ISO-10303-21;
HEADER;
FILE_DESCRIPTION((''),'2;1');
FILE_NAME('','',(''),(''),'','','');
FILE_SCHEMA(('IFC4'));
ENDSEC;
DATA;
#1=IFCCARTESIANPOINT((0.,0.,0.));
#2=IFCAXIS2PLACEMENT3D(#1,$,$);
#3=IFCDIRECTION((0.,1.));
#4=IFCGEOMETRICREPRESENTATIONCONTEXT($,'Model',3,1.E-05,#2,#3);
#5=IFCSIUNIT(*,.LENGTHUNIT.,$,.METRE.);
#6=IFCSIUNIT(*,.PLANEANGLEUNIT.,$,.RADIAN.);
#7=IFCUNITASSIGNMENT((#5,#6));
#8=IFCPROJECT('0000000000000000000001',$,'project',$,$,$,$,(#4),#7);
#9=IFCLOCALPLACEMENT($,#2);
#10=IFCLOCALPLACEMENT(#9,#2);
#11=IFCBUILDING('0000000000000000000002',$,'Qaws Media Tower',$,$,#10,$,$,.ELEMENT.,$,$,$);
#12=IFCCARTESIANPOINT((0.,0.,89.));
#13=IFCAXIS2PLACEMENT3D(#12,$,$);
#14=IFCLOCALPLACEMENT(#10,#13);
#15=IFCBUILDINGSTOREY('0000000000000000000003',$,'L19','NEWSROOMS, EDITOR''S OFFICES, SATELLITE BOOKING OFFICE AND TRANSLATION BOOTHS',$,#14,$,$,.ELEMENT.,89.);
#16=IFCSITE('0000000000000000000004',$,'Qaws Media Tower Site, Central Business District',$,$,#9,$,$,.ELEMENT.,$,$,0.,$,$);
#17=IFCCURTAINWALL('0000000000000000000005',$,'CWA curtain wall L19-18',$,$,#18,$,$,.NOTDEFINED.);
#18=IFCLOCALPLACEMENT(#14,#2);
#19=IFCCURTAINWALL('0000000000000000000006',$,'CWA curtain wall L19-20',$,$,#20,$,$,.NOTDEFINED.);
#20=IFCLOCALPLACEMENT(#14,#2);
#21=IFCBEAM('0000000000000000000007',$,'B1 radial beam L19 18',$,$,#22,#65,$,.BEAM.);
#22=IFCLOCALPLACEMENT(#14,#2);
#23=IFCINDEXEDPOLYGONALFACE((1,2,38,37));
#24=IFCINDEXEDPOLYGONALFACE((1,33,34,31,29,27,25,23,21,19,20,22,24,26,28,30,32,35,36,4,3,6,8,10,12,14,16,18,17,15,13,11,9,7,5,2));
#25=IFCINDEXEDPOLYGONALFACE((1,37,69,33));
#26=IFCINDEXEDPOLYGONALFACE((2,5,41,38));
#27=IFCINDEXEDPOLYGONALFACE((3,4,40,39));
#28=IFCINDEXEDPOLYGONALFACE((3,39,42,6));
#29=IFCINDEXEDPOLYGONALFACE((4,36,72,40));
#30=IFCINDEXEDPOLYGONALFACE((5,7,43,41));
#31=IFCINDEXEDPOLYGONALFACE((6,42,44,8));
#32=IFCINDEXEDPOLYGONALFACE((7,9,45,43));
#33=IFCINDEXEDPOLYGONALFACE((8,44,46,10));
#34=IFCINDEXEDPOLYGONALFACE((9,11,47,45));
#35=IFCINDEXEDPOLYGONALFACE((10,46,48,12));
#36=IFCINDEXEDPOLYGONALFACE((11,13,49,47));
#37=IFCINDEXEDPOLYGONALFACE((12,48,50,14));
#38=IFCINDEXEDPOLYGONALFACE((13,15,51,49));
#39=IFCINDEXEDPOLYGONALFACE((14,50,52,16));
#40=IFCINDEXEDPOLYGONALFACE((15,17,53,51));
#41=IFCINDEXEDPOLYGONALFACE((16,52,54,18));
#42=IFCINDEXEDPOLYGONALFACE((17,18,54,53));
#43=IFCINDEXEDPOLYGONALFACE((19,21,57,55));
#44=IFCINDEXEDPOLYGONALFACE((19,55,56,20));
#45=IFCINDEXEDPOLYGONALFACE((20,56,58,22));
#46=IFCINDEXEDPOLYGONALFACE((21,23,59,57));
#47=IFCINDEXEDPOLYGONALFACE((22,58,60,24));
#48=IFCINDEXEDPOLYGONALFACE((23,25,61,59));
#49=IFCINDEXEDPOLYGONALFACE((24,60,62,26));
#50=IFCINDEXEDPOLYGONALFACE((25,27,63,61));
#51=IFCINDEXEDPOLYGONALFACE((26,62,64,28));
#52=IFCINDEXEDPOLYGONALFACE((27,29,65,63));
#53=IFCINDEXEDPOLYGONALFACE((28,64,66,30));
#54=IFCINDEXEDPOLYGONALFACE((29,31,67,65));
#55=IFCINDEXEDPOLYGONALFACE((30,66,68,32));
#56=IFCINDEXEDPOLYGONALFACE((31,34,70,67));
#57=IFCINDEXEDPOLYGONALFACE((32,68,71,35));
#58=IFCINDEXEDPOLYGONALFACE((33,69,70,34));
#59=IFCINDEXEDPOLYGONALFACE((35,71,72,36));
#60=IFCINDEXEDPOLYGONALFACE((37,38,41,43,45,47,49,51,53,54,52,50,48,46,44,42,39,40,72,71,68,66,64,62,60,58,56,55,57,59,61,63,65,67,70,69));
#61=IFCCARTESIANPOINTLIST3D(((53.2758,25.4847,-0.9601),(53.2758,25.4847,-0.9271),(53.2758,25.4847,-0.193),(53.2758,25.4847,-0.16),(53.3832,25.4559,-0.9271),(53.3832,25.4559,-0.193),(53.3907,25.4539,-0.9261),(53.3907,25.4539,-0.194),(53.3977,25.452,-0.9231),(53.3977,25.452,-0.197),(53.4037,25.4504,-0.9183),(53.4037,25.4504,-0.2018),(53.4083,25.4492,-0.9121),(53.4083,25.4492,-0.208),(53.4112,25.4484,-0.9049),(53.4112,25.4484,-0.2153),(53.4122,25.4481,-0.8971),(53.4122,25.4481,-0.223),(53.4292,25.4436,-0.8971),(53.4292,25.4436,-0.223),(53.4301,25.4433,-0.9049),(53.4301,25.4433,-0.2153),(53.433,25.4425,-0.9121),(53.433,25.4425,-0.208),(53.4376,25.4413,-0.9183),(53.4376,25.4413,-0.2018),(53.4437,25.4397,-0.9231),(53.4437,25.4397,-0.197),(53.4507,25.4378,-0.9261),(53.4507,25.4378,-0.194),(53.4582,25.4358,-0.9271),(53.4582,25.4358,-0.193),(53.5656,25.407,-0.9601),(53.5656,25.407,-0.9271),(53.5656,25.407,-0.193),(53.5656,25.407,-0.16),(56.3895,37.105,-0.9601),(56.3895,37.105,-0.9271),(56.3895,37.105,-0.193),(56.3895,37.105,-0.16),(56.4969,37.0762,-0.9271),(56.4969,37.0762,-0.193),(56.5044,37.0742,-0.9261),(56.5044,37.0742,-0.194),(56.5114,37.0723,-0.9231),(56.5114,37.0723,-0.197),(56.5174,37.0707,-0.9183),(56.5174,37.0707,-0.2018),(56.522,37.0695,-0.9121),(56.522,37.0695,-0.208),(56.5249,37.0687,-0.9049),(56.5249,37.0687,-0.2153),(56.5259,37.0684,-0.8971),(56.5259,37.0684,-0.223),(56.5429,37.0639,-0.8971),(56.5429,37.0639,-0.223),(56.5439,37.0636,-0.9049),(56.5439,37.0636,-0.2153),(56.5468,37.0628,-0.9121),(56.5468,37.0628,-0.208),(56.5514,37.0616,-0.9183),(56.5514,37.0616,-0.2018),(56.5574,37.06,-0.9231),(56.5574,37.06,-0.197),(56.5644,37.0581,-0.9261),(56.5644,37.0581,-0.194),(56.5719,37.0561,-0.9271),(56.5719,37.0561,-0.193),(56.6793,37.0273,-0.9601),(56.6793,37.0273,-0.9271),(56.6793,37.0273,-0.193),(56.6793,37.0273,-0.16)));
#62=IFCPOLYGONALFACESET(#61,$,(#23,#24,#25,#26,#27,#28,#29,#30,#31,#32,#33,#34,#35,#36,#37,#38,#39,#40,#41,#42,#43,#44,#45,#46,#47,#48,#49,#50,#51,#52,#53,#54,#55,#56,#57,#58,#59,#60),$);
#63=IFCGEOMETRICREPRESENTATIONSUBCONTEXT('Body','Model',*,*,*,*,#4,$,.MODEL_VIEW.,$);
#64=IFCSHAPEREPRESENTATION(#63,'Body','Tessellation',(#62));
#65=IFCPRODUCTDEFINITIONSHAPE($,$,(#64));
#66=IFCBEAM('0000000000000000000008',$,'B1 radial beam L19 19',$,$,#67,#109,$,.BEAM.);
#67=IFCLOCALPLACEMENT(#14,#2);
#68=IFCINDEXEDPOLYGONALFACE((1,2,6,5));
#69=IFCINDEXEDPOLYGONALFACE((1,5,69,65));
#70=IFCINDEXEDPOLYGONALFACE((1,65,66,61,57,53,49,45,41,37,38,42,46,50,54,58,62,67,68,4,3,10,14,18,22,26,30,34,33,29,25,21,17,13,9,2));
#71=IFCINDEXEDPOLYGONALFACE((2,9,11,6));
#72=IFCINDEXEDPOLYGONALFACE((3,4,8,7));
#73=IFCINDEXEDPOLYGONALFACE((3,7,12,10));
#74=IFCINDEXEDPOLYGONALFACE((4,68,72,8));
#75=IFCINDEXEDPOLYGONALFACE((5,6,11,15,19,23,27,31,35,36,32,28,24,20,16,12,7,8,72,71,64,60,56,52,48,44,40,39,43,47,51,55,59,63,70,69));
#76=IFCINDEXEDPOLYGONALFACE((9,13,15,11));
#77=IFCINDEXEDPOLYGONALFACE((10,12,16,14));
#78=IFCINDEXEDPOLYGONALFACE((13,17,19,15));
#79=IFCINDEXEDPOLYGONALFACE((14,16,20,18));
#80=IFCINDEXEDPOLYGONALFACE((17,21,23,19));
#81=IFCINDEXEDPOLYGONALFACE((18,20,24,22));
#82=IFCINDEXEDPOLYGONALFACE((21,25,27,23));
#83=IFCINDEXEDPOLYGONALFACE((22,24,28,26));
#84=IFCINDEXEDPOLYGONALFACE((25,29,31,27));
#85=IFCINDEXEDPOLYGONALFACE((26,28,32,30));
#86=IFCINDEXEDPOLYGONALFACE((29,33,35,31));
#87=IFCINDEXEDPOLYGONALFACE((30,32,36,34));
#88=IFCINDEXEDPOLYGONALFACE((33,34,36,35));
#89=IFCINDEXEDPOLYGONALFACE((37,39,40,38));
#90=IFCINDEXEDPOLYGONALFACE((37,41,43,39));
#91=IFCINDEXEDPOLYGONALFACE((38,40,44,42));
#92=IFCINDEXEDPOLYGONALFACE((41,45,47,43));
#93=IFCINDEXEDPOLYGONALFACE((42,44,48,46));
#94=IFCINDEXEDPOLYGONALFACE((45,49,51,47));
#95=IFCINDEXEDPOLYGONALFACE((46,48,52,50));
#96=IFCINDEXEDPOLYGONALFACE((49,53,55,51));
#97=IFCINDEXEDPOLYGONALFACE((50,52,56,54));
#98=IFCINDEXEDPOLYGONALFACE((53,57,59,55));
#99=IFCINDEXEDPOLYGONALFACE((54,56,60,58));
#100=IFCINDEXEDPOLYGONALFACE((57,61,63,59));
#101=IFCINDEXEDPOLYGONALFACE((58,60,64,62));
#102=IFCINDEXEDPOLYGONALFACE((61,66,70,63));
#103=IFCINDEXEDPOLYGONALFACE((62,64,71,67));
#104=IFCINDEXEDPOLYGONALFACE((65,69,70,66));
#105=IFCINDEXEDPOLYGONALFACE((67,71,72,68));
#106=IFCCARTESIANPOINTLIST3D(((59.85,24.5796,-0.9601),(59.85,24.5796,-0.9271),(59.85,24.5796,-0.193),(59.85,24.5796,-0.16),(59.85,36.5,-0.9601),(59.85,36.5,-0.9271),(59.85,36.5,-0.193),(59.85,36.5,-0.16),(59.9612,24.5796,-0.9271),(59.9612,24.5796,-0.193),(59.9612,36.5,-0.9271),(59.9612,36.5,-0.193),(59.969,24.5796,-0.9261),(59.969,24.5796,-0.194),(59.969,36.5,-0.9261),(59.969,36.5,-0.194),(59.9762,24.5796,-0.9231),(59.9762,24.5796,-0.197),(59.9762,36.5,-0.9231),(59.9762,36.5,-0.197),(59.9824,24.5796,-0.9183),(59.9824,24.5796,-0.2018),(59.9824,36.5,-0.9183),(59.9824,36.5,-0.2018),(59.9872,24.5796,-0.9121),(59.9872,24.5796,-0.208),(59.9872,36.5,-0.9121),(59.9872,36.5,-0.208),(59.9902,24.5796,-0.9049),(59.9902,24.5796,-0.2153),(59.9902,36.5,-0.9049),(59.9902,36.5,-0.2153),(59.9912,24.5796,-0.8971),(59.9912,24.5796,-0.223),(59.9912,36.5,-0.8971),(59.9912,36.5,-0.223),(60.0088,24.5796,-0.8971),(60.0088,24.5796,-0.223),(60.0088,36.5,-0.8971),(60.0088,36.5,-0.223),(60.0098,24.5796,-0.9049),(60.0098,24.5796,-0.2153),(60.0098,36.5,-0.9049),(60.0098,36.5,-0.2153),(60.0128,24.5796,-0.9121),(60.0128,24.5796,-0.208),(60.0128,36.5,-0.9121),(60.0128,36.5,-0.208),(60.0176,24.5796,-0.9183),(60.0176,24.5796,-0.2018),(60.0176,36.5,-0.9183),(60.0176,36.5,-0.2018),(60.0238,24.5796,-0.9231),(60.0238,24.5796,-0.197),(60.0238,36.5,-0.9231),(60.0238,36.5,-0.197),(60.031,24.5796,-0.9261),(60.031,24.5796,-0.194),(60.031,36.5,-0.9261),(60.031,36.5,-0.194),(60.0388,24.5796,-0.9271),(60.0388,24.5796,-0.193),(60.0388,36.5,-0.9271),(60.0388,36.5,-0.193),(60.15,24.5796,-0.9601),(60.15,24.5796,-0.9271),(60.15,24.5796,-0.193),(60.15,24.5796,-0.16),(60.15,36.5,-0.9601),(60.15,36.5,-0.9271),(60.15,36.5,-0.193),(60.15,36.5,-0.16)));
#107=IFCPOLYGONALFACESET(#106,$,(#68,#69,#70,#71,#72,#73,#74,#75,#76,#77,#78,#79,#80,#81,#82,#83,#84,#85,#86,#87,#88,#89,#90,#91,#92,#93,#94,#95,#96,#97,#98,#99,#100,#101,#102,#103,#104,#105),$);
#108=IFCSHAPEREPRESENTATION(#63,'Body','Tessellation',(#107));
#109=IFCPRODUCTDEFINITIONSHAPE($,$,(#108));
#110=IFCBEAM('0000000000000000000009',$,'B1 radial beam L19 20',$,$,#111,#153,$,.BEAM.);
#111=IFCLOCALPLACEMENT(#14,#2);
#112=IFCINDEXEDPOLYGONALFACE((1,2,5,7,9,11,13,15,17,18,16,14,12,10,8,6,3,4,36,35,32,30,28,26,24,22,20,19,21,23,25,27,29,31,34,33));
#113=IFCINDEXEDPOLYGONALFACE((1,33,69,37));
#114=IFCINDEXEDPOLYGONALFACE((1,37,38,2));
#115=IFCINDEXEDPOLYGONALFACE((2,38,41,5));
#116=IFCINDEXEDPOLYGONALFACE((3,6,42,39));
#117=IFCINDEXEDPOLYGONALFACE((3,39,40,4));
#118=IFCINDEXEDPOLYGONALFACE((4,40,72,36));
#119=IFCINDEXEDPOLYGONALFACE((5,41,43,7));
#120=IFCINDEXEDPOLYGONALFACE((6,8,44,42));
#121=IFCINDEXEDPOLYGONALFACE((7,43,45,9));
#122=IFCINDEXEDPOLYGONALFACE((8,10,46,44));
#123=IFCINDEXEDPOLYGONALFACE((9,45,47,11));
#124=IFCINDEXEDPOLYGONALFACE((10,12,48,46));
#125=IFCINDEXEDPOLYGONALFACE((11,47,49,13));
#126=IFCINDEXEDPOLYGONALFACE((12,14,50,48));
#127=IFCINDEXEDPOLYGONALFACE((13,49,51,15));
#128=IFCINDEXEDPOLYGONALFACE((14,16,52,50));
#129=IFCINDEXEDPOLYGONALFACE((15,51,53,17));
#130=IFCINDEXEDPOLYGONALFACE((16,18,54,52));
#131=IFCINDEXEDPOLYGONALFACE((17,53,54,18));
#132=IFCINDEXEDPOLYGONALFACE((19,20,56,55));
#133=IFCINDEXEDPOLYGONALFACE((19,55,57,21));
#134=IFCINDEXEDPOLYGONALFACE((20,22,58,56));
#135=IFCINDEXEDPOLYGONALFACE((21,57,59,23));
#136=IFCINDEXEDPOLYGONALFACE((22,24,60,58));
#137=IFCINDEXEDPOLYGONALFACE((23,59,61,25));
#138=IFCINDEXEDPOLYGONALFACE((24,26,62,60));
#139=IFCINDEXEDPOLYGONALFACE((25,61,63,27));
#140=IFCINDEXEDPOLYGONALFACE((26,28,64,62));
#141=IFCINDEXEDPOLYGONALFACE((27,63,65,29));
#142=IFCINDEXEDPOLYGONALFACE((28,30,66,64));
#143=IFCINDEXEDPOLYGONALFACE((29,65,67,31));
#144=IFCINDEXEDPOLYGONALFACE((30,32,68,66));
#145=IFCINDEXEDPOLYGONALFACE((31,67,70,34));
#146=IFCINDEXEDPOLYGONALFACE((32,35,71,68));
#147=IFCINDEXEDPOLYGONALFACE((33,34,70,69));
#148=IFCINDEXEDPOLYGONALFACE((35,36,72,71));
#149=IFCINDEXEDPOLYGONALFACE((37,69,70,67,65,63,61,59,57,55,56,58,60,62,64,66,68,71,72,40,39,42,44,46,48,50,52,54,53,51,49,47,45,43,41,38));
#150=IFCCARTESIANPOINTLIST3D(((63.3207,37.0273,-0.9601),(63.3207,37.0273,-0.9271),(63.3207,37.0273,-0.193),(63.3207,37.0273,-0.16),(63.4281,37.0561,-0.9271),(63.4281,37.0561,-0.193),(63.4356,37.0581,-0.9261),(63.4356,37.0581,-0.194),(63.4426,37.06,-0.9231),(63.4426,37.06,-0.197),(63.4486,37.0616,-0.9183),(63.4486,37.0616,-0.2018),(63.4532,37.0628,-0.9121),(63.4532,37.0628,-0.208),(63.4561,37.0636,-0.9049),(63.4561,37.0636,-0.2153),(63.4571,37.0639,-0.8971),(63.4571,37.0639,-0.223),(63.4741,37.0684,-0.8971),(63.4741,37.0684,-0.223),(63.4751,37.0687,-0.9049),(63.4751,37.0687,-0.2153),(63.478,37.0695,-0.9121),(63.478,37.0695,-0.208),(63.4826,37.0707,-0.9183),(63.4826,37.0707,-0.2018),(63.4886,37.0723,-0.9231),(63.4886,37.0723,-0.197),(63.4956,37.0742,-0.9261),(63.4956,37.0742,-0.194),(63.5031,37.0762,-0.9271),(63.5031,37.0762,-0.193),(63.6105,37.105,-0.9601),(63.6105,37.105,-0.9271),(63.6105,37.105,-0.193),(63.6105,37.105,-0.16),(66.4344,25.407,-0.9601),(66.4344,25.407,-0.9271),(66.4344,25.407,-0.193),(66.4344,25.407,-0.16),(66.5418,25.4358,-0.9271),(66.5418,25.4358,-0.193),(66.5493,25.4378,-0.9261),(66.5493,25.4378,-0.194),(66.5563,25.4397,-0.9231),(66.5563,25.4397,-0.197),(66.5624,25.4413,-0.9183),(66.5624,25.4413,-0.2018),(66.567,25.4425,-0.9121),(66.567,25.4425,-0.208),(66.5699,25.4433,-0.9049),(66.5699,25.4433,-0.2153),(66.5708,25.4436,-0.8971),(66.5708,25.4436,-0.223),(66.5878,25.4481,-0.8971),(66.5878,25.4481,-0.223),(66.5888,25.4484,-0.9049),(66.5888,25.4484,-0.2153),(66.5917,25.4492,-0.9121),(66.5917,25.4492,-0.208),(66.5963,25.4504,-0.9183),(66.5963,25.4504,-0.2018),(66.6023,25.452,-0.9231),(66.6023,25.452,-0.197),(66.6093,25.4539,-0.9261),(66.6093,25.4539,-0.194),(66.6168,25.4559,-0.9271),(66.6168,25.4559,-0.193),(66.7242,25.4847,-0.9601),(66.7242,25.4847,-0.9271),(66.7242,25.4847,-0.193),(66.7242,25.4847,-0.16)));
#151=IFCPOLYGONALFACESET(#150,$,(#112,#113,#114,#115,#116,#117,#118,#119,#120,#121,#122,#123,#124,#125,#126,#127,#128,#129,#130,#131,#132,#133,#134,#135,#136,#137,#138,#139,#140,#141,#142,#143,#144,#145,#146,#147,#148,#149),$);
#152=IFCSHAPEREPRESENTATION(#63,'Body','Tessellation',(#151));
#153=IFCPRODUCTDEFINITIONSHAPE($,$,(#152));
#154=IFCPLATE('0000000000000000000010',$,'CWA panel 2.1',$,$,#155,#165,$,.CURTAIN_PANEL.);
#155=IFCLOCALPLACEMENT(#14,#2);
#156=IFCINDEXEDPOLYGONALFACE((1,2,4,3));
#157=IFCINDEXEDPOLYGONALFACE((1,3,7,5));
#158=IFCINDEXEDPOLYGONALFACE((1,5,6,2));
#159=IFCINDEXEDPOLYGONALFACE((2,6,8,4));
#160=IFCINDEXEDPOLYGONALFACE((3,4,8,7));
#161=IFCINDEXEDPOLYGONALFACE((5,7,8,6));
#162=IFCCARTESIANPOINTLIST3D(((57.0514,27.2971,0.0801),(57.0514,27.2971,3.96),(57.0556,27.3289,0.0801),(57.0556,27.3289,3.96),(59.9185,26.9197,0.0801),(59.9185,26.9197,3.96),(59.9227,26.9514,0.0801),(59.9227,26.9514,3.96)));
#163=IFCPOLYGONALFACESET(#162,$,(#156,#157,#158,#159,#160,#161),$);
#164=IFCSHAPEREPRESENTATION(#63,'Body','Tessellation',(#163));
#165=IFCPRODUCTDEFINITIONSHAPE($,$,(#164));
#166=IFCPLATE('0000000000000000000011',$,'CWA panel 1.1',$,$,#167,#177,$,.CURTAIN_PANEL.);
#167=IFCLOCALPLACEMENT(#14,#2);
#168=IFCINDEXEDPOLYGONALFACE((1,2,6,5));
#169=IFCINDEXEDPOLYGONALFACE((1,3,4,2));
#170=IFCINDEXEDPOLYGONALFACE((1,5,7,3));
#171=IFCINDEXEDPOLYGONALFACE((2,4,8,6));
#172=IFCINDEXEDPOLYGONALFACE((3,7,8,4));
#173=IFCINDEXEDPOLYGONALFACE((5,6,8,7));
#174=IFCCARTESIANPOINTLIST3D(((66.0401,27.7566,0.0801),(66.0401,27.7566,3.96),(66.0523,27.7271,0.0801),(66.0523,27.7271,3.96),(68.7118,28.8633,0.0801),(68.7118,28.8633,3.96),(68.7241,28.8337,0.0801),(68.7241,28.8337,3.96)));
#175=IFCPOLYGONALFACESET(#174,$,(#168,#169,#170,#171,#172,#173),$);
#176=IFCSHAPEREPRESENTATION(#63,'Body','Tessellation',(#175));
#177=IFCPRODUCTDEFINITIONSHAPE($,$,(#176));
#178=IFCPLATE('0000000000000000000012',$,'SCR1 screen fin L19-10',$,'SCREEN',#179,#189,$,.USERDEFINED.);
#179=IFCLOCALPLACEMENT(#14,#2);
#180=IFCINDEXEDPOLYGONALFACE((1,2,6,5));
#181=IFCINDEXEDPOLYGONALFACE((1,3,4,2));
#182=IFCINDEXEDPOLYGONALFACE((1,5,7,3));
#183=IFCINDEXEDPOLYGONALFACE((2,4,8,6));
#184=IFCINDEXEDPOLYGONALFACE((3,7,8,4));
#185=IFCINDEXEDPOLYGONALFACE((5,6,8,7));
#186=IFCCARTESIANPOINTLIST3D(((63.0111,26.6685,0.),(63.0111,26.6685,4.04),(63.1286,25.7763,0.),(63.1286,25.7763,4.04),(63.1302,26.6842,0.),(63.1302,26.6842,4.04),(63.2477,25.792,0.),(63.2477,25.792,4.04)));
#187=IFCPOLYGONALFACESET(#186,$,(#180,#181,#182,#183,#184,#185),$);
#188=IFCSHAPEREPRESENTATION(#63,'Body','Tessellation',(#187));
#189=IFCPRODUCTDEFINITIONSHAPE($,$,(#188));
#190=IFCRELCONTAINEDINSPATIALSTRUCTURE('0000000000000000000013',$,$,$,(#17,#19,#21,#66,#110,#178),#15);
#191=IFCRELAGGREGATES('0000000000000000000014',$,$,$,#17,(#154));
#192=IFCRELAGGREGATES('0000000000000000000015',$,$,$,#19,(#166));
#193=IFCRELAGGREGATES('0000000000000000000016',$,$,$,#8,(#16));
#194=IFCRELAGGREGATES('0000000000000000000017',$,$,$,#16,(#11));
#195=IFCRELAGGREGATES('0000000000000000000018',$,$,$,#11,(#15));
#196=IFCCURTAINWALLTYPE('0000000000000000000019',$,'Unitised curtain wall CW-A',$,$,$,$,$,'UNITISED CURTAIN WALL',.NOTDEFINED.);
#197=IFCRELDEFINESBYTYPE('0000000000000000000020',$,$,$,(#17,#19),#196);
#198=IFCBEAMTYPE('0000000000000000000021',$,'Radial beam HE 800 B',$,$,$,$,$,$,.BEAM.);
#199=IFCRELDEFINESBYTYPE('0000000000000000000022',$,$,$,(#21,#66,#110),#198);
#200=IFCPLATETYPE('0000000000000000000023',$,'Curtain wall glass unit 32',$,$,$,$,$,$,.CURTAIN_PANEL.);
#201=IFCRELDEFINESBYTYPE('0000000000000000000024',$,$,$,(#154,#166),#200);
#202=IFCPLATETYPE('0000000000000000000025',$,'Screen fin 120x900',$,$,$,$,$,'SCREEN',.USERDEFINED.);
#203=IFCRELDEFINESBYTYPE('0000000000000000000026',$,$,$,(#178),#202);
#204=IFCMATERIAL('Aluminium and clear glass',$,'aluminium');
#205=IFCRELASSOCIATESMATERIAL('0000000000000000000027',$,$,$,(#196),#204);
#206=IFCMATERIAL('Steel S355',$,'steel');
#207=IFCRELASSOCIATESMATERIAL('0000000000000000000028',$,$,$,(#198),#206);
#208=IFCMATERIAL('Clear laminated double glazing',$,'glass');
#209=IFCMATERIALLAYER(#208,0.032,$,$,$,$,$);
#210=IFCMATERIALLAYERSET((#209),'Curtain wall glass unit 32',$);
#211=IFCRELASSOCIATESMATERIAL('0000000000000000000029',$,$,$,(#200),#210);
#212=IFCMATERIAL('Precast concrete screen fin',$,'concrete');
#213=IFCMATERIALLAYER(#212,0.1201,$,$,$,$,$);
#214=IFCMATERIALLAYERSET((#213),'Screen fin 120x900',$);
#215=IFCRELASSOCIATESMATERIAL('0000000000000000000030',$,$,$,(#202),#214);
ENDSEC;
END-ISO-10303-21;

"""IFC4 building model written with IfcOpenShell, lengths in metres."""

from ifc_helpers import new_model, si_unit, direction, frame, origin, origin_2d, place, context, subcontext, project, spatial, rectangle, i_section, extrude, material, layer, layer_set, material_profile, profile_set, type_object, element, aggregate, save


model = new_model("IFC4")

# Units and contexts
model_context = context("Model", 3, precision=1e-05, world=origin(), true_north=direction((0.0, 1.0)))
body_context = subcontext(model_context, "Body", "Model", "MODEL_VIEW")
ifc_project = project(units=[si_unit("LENGTHUNIT", "METRE"), si_unit("PLANEANGLEUNIT", "RADIAN")], contexts=[model_context])

# Site, building, storey
site_placement = place(None, origin())
site = spatial("IfcSite", under=ifc_project, at=site_placement, Name="Qaws Media Tower Site, Central Business District", CompositionType="ELEMENT", RefElevation=0.0)
building_placement = place(site_placement, origin())
building = spatial("IfcBuilding", under=site, at=building_placement, Name="Qaws Media Tower", CompositionType="ELEMENT")
storey_placement = place(building_placement, frame((0.0, 0.0, 89.0)))
storey = spatial("IfcBuildingStorey", under=building, at=storey_placement, Name="L19", Description="NEWSROOMS, EDITOR'S OFFICES, SATELLITE BOOKING OFFICE AND TRANSLATION BOOTHS", CompositionType="ELEMENT", Elevation=89.0)

# Curtain walls
ifc_material_1 = material(Name="Aluminium and clear glass", Category="aluminium")
curtain_wall_type = type_object("IfcCurtainWallType", Name="Unitised curtain wall CW-A", ElementType="UNITISED CURTAIN WALL", PredefinedType="NOTDEFINED", material=ifc_material_1)
curtain_wall_1_placement = place(storey_placement, origin())
curtain_wall_1 = element("IfcCurtainWall", 1, at=curtain_wall_1_placement, inside=storey, type_object=curtain_wall_type, Name="CWA curtain wall L19-18", PredefinedType="NOTDEFINED")
curtain_wall_2_placement = place(storey_placement, origin())
curtain_wall_2 = element("IfcCurtainWall", 2, at=curtain_wall_2_placement, inside=storey, type_object=curtain_wall_type, Name="CWA curtain wall L19-20", PredefinedType="NOTDEFINED")

# Beams
ifc_material_2 = material(Name="Steel S355", Category="steel")
ifc_material_profile_1 = material_profile(ifc_material_2, i_section(OverallWidth=0.3, OverallDepth=0.8, WebThickness=0.0176, FlangeThickness=0.033, FilletRadius=0.03, at=origin_2d()), Name="HE 800 B")
ifc_profile_set_1 = profile_set([ifc_material_profile_1], Name="Steel S355")
beam_type_1 = type_object("IfcBeamType", Name="Radial beam HE 800 B", PredefinedType="BEAM", material=ifc_profile_set_1)
beam_1_placement = place(storey_placement, frame((56.5344, 37.0662, -0.5601), z_axis=(-0.258827, -0.965924, 0.0), x_axis=(0.965924, -0.258827, 0.0)))
element("IfcBeam", 3, at=beam_1_placement, inside=storey, type_object=beam_type_1, Name="B1 radial beam L19 18", PredefinedType="BEAM", context=body_context, shape_type="SweptSolid", body=[
    extrude(i_section(OverallWidth=0.3, OverallDepth=0.8, WebThickness=0.0176, FlangeThickness=0.033, FilletRadius=0.03, at=origin_2d()), origin(), (0.0, 0.0, 1.0), 12.0303),
])
beam_2_placement = place(storey_placement, frame((60.0, 36.5, -0.5601), z_axis=(0.0, -1.0, 0.0), x_axis=(1.0, 0.0, 0.0)))
element("IfcBeam", 4, at=beam_2_placement, inside=storey, type_object=beam_type_1, Name="B1 radial beam L19 19", PredefinedType="BEAM", context=body_context, shape_type="SweptSolid", body=[
    extrude(i_section(OverallWidth=0.3, OverallDepth=0.8, WebThickness=0.0176, FlangeThickness=0.033, FilletRadius=0.03, at=origin_2d()), origin(), (0.0, 0.0, 1.0), 11.9204),
])
beam_3_placement = place(storey_placement, frame((63.4656, 37.0662, -0.5601), z_axis=(0.258827, -0.965924, 0.0), x_axis=(0.965924, 0.258827, 0.0)))
element("IfcBeam", 5, at=beam_3_placement, inside=storey, type_object=beam_type_1, Name="B1 radial beam L19 20", PredefinedType="BEAM", context=body_context, shape_type="SweptSolid", body=[
    extrude(i_section(OverallWidth=0.3, OverallDepth=0.8, WebThickness=0.0176, FlangeThickness=0.033, FilletRadius=0.03, at=origin_2d()), origin(), (0.0, 0.0, 1.0), 12.0303),
])

# Plates
ifc_material_3 = material(Name="Clear laminated double glazing", Category="glass")
ifc_layer_1 = layer(ifc_material_3, 0.032)
ifc_layer_set_1 = layer_set([ifc_layer_1], Name="Curtain wall glass unit 32")
plate_type_1 = type_object("IfcPlateType", Name="Curtain wall glass unit 32", PredefinedType="CURTAIN_PANEL", material=ifc_layer_set_1)
plate_1_placement = place(storey_placement, frame((58.4871, 27.1243, 0.0801), z_axis=(0.0, 0.0, 1.0), x_axis=(0.991445, -0.130526, 0.0)))
plate_1 = element("IfcPlate", 6, at=plate_1_placement, type_object=plate_type_1, Name="CWA panel 2.1", PredefinedType="CURTAIN_PANEL", context=body_context, shape_type="SweptSolid", body=[
    extrude(rectangle(XDim=2.8918, YDim=0.032, at=origin_2d()), origin(), (0.0, 0.0, 1.0), 3.8799),
])
aggregate(curtain_wall_1, [plate_1])
plate_2_placement = place(storey_placement, frame((67.3821, 28.2952, 0.0801), z_axis=(0.0, 0.0, 1.0), x_axis=(0.92388, 0.382683, 0.0)))
plate_2 = element("IfcPlate", 7, at=plate_2_placement, type_object=plate_type_1, Name="CWA panel 1.1", PredefinedType="CURTAIN_PANEL", context=body_context, shape_type="SweptSolid", body=[
    extrude(rectangle(XDim=2.8918, YDim=0.032, at=origin_2d()), origin(), (0.0, 0.0, 1.0), 3.8799),
])
aggregate(curtain_wall_2, [plate_2])
ifc_material_4 = material(Name="Precast concrete screen fin", Category="concrete")
ifc_layer_2 = layer(ifc_material_4, 0.1201)
ifc_layer_set_2 = layer_set([ifc_layer_2], Name="Screen fin 120x900")
plate_type_2 = type_object("IfcPlateType", Name="Screen fin 120x900", ElementType="SCREEN", PredefinedType="USERDEFINED", material=ifc_layer_set_2)
plate_3_placement = place(storey_placement, frame((63.1294, 26.2302, 0.0), z_axis=(0.0, 0.0, 1.0), x_axis=(0.130526, -0.991445, 0.0)))
element("IfcPlate", 8, at=plate_3_placement, inside=storey, type_object=plate_type_2, Name="SCR1 screen fin L19-10", ObjectType="SCREEN", PredefinedType="USERDEFINED", context=body_context, shape_type="SweptSolid", body=[
    extrude(rectangle(XDim=0.8999, YDim=0.1201, at=origin_2d()), origin(), (0.0, 0.0, 1.0), 4.04),
])

save(model, "model.ifc")
